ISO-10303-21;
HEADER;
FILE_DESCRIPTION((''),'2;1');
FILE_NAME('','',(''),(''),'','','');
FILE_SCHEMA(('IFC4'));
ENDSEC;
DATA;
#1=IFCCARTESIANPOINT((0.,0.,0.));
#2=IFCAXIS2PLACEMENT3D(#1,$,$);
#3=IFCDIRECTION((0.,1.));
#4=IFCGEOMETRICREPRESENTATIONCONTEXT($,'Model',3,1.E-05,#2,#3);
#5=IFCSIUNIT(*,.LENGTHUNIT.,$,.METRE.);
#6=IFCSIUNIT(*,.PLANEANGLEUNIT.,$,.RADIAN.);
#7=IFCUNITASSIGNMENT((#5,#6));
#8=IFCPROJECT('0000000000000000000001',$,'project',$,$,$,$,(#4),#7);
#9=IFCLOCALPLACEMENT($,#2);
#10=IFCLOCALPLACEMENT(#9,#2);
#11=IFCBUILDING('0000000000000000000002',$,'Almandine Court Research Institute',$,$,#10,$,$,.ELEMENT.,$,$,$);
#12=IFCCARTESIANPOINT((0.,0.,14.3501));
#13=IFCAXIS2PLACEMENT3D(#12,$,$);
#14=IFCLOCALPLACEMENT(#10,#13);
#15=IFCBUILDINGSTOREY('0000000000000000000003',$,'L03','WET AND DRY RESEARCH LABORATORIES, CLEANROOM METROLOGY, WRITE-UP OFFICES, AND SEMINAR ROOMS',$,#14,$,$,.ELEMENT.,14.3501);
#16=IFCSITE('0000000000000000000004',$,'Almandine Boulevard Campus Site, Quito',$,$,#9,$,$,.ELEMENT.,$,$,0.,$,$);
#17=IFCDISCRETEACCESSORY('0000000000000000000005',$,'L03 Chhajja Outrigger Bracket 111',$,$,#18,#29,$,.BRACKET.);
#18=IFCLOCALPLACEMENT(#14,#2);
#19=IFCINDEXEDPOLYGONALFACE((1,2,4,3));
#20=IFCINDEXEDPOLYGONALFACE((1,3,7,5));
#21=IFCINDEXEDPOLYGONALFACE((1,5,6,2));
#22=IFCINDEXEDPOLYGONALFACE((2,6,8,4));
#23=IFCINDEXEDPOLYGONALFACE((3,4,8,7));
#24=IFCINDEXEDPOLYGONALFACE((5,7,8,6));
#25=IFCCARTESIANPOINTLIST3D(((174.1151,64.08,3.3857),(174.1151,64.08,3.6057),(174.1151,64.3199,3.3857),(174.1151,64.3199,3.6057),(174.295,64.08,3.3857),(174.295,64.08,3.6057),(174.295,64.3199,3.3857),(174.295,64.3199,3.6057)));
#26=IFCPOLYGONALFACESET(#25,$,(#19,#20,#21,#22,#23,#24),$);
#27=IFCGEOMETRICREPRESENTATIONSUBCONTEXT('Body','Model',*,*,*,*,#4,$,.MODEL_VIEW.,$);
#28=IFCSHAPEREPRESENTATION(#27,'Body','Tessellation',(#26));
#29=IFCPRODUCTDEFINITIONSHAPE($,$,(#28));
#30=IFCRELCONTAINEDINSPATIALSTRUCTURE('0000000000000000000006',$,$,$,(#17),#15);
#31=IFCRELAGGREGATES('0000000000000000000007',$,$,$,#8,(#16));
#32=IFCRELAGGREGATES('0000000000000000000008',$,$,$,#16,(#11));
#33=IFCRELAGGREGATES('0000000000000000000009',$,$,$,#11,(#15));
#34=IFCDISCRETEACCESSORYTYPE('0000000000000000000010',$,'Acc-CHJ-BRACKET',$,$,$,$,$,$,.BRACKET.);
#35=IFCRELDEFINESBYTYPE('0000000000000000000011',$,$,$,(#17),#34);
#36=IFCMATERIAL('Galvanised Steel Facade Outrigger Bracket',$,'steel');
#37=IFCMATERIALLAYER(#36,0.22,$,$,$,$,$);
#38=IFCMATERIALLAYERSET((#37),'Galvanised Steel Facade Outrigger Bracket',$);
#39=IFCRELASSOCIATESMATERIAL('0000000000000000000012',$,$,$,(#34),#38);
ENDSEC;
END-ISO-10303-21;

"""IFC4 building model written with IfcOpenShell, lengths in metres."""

from ifc_helpers import new_model, si_unit, direction, frame, origin, origin_2d, place, context, subcontext, project, spatial, rectangle, extrude, material, layer, layer_set, type_object, element, save


model = new_model("IFC4")

# Units and contexts
model_context = context("Model", 3, precision=1e-05, world=origin(), true_north=direction((0.0, 1.0)))
body_context = subcontext(model_context, "Body", "Model", "MODEL_VIEW")
ifc_project = project(units=[si_unit("LENGTHUNIT", "METRE"), si_unit("PLANEANGLEUNIT", "RADIAN")], contexts=[model_context])

# Site, building, storey
site_placement = place(None, origin())
site = spatial("IfcSite", under=ifc_project, at=site_placement, Name="Almandine Boulevard Campus Site, Quito", CompositionType="ELEMENT", RefElevation=0.0)
building_placement = place(site_placement, origin())
building = spatial("IfcBuilding", under=site, at=building_placement, Name="Almandine Court Research Institute", CompositionType="ELEMENT")
storey_placement = place(building_placement, frame((0.0, 0.0, 14.3501)))
storey = spatial("IfcBuildingStorey", under=building, at=storey_placement, Name="L03", Description="WET AND DRY RESEARCH LABORATORIES, CLEANROOM METROLOGY, WRITE-UP OFFICES, AND SEMINAR ROOMS", CompositionType="ELEMENT", Elevation=14.3501)

# Discrete accessory
ifc_material_1 = material(Name="Galvanised Steel Facade Outrigger Bracket", Category="steel")
ifc_layer_1 = layer(ifc_material_1, 0.22)
ifc_layer_set_1 = layer_set([ifc_layer_1], Name="Galvanised Steel Facade Outrigger Bracket")
discrete_accessory_type = type_object("IfcDiscreteAccessoryType", Name="Acc-CHJ-BRACKET", PredefinedType="BRACKET", material=ifc_layer_set_1)
for number, where, z_axis, x_axis, name in (
    (1, (174.2051, 64.2, 3.3857), (0.0, 0.0, 1.0), (0.0, -1.0, 0.0), "L03 Chhajja Outrigger Bracket 111"),
):
    element("IfcDiscreteAccessory", number, at=place(storey_placement, frame(where, z_axis=z_axis, x_axis=x_axis)), inside=storey, type_object=discrete_accessory_type, Name=name, PredefinedType="BRACKET", context=body_context, shape_type="SweptSolid", body=[
        extrude(rectangle(XDim=0.24, YDim=0.1799, at=origin_2d()), origin(), (0.0, 0.0, 1.0), 0.22),
    ])

save(model, "model.ifc")
